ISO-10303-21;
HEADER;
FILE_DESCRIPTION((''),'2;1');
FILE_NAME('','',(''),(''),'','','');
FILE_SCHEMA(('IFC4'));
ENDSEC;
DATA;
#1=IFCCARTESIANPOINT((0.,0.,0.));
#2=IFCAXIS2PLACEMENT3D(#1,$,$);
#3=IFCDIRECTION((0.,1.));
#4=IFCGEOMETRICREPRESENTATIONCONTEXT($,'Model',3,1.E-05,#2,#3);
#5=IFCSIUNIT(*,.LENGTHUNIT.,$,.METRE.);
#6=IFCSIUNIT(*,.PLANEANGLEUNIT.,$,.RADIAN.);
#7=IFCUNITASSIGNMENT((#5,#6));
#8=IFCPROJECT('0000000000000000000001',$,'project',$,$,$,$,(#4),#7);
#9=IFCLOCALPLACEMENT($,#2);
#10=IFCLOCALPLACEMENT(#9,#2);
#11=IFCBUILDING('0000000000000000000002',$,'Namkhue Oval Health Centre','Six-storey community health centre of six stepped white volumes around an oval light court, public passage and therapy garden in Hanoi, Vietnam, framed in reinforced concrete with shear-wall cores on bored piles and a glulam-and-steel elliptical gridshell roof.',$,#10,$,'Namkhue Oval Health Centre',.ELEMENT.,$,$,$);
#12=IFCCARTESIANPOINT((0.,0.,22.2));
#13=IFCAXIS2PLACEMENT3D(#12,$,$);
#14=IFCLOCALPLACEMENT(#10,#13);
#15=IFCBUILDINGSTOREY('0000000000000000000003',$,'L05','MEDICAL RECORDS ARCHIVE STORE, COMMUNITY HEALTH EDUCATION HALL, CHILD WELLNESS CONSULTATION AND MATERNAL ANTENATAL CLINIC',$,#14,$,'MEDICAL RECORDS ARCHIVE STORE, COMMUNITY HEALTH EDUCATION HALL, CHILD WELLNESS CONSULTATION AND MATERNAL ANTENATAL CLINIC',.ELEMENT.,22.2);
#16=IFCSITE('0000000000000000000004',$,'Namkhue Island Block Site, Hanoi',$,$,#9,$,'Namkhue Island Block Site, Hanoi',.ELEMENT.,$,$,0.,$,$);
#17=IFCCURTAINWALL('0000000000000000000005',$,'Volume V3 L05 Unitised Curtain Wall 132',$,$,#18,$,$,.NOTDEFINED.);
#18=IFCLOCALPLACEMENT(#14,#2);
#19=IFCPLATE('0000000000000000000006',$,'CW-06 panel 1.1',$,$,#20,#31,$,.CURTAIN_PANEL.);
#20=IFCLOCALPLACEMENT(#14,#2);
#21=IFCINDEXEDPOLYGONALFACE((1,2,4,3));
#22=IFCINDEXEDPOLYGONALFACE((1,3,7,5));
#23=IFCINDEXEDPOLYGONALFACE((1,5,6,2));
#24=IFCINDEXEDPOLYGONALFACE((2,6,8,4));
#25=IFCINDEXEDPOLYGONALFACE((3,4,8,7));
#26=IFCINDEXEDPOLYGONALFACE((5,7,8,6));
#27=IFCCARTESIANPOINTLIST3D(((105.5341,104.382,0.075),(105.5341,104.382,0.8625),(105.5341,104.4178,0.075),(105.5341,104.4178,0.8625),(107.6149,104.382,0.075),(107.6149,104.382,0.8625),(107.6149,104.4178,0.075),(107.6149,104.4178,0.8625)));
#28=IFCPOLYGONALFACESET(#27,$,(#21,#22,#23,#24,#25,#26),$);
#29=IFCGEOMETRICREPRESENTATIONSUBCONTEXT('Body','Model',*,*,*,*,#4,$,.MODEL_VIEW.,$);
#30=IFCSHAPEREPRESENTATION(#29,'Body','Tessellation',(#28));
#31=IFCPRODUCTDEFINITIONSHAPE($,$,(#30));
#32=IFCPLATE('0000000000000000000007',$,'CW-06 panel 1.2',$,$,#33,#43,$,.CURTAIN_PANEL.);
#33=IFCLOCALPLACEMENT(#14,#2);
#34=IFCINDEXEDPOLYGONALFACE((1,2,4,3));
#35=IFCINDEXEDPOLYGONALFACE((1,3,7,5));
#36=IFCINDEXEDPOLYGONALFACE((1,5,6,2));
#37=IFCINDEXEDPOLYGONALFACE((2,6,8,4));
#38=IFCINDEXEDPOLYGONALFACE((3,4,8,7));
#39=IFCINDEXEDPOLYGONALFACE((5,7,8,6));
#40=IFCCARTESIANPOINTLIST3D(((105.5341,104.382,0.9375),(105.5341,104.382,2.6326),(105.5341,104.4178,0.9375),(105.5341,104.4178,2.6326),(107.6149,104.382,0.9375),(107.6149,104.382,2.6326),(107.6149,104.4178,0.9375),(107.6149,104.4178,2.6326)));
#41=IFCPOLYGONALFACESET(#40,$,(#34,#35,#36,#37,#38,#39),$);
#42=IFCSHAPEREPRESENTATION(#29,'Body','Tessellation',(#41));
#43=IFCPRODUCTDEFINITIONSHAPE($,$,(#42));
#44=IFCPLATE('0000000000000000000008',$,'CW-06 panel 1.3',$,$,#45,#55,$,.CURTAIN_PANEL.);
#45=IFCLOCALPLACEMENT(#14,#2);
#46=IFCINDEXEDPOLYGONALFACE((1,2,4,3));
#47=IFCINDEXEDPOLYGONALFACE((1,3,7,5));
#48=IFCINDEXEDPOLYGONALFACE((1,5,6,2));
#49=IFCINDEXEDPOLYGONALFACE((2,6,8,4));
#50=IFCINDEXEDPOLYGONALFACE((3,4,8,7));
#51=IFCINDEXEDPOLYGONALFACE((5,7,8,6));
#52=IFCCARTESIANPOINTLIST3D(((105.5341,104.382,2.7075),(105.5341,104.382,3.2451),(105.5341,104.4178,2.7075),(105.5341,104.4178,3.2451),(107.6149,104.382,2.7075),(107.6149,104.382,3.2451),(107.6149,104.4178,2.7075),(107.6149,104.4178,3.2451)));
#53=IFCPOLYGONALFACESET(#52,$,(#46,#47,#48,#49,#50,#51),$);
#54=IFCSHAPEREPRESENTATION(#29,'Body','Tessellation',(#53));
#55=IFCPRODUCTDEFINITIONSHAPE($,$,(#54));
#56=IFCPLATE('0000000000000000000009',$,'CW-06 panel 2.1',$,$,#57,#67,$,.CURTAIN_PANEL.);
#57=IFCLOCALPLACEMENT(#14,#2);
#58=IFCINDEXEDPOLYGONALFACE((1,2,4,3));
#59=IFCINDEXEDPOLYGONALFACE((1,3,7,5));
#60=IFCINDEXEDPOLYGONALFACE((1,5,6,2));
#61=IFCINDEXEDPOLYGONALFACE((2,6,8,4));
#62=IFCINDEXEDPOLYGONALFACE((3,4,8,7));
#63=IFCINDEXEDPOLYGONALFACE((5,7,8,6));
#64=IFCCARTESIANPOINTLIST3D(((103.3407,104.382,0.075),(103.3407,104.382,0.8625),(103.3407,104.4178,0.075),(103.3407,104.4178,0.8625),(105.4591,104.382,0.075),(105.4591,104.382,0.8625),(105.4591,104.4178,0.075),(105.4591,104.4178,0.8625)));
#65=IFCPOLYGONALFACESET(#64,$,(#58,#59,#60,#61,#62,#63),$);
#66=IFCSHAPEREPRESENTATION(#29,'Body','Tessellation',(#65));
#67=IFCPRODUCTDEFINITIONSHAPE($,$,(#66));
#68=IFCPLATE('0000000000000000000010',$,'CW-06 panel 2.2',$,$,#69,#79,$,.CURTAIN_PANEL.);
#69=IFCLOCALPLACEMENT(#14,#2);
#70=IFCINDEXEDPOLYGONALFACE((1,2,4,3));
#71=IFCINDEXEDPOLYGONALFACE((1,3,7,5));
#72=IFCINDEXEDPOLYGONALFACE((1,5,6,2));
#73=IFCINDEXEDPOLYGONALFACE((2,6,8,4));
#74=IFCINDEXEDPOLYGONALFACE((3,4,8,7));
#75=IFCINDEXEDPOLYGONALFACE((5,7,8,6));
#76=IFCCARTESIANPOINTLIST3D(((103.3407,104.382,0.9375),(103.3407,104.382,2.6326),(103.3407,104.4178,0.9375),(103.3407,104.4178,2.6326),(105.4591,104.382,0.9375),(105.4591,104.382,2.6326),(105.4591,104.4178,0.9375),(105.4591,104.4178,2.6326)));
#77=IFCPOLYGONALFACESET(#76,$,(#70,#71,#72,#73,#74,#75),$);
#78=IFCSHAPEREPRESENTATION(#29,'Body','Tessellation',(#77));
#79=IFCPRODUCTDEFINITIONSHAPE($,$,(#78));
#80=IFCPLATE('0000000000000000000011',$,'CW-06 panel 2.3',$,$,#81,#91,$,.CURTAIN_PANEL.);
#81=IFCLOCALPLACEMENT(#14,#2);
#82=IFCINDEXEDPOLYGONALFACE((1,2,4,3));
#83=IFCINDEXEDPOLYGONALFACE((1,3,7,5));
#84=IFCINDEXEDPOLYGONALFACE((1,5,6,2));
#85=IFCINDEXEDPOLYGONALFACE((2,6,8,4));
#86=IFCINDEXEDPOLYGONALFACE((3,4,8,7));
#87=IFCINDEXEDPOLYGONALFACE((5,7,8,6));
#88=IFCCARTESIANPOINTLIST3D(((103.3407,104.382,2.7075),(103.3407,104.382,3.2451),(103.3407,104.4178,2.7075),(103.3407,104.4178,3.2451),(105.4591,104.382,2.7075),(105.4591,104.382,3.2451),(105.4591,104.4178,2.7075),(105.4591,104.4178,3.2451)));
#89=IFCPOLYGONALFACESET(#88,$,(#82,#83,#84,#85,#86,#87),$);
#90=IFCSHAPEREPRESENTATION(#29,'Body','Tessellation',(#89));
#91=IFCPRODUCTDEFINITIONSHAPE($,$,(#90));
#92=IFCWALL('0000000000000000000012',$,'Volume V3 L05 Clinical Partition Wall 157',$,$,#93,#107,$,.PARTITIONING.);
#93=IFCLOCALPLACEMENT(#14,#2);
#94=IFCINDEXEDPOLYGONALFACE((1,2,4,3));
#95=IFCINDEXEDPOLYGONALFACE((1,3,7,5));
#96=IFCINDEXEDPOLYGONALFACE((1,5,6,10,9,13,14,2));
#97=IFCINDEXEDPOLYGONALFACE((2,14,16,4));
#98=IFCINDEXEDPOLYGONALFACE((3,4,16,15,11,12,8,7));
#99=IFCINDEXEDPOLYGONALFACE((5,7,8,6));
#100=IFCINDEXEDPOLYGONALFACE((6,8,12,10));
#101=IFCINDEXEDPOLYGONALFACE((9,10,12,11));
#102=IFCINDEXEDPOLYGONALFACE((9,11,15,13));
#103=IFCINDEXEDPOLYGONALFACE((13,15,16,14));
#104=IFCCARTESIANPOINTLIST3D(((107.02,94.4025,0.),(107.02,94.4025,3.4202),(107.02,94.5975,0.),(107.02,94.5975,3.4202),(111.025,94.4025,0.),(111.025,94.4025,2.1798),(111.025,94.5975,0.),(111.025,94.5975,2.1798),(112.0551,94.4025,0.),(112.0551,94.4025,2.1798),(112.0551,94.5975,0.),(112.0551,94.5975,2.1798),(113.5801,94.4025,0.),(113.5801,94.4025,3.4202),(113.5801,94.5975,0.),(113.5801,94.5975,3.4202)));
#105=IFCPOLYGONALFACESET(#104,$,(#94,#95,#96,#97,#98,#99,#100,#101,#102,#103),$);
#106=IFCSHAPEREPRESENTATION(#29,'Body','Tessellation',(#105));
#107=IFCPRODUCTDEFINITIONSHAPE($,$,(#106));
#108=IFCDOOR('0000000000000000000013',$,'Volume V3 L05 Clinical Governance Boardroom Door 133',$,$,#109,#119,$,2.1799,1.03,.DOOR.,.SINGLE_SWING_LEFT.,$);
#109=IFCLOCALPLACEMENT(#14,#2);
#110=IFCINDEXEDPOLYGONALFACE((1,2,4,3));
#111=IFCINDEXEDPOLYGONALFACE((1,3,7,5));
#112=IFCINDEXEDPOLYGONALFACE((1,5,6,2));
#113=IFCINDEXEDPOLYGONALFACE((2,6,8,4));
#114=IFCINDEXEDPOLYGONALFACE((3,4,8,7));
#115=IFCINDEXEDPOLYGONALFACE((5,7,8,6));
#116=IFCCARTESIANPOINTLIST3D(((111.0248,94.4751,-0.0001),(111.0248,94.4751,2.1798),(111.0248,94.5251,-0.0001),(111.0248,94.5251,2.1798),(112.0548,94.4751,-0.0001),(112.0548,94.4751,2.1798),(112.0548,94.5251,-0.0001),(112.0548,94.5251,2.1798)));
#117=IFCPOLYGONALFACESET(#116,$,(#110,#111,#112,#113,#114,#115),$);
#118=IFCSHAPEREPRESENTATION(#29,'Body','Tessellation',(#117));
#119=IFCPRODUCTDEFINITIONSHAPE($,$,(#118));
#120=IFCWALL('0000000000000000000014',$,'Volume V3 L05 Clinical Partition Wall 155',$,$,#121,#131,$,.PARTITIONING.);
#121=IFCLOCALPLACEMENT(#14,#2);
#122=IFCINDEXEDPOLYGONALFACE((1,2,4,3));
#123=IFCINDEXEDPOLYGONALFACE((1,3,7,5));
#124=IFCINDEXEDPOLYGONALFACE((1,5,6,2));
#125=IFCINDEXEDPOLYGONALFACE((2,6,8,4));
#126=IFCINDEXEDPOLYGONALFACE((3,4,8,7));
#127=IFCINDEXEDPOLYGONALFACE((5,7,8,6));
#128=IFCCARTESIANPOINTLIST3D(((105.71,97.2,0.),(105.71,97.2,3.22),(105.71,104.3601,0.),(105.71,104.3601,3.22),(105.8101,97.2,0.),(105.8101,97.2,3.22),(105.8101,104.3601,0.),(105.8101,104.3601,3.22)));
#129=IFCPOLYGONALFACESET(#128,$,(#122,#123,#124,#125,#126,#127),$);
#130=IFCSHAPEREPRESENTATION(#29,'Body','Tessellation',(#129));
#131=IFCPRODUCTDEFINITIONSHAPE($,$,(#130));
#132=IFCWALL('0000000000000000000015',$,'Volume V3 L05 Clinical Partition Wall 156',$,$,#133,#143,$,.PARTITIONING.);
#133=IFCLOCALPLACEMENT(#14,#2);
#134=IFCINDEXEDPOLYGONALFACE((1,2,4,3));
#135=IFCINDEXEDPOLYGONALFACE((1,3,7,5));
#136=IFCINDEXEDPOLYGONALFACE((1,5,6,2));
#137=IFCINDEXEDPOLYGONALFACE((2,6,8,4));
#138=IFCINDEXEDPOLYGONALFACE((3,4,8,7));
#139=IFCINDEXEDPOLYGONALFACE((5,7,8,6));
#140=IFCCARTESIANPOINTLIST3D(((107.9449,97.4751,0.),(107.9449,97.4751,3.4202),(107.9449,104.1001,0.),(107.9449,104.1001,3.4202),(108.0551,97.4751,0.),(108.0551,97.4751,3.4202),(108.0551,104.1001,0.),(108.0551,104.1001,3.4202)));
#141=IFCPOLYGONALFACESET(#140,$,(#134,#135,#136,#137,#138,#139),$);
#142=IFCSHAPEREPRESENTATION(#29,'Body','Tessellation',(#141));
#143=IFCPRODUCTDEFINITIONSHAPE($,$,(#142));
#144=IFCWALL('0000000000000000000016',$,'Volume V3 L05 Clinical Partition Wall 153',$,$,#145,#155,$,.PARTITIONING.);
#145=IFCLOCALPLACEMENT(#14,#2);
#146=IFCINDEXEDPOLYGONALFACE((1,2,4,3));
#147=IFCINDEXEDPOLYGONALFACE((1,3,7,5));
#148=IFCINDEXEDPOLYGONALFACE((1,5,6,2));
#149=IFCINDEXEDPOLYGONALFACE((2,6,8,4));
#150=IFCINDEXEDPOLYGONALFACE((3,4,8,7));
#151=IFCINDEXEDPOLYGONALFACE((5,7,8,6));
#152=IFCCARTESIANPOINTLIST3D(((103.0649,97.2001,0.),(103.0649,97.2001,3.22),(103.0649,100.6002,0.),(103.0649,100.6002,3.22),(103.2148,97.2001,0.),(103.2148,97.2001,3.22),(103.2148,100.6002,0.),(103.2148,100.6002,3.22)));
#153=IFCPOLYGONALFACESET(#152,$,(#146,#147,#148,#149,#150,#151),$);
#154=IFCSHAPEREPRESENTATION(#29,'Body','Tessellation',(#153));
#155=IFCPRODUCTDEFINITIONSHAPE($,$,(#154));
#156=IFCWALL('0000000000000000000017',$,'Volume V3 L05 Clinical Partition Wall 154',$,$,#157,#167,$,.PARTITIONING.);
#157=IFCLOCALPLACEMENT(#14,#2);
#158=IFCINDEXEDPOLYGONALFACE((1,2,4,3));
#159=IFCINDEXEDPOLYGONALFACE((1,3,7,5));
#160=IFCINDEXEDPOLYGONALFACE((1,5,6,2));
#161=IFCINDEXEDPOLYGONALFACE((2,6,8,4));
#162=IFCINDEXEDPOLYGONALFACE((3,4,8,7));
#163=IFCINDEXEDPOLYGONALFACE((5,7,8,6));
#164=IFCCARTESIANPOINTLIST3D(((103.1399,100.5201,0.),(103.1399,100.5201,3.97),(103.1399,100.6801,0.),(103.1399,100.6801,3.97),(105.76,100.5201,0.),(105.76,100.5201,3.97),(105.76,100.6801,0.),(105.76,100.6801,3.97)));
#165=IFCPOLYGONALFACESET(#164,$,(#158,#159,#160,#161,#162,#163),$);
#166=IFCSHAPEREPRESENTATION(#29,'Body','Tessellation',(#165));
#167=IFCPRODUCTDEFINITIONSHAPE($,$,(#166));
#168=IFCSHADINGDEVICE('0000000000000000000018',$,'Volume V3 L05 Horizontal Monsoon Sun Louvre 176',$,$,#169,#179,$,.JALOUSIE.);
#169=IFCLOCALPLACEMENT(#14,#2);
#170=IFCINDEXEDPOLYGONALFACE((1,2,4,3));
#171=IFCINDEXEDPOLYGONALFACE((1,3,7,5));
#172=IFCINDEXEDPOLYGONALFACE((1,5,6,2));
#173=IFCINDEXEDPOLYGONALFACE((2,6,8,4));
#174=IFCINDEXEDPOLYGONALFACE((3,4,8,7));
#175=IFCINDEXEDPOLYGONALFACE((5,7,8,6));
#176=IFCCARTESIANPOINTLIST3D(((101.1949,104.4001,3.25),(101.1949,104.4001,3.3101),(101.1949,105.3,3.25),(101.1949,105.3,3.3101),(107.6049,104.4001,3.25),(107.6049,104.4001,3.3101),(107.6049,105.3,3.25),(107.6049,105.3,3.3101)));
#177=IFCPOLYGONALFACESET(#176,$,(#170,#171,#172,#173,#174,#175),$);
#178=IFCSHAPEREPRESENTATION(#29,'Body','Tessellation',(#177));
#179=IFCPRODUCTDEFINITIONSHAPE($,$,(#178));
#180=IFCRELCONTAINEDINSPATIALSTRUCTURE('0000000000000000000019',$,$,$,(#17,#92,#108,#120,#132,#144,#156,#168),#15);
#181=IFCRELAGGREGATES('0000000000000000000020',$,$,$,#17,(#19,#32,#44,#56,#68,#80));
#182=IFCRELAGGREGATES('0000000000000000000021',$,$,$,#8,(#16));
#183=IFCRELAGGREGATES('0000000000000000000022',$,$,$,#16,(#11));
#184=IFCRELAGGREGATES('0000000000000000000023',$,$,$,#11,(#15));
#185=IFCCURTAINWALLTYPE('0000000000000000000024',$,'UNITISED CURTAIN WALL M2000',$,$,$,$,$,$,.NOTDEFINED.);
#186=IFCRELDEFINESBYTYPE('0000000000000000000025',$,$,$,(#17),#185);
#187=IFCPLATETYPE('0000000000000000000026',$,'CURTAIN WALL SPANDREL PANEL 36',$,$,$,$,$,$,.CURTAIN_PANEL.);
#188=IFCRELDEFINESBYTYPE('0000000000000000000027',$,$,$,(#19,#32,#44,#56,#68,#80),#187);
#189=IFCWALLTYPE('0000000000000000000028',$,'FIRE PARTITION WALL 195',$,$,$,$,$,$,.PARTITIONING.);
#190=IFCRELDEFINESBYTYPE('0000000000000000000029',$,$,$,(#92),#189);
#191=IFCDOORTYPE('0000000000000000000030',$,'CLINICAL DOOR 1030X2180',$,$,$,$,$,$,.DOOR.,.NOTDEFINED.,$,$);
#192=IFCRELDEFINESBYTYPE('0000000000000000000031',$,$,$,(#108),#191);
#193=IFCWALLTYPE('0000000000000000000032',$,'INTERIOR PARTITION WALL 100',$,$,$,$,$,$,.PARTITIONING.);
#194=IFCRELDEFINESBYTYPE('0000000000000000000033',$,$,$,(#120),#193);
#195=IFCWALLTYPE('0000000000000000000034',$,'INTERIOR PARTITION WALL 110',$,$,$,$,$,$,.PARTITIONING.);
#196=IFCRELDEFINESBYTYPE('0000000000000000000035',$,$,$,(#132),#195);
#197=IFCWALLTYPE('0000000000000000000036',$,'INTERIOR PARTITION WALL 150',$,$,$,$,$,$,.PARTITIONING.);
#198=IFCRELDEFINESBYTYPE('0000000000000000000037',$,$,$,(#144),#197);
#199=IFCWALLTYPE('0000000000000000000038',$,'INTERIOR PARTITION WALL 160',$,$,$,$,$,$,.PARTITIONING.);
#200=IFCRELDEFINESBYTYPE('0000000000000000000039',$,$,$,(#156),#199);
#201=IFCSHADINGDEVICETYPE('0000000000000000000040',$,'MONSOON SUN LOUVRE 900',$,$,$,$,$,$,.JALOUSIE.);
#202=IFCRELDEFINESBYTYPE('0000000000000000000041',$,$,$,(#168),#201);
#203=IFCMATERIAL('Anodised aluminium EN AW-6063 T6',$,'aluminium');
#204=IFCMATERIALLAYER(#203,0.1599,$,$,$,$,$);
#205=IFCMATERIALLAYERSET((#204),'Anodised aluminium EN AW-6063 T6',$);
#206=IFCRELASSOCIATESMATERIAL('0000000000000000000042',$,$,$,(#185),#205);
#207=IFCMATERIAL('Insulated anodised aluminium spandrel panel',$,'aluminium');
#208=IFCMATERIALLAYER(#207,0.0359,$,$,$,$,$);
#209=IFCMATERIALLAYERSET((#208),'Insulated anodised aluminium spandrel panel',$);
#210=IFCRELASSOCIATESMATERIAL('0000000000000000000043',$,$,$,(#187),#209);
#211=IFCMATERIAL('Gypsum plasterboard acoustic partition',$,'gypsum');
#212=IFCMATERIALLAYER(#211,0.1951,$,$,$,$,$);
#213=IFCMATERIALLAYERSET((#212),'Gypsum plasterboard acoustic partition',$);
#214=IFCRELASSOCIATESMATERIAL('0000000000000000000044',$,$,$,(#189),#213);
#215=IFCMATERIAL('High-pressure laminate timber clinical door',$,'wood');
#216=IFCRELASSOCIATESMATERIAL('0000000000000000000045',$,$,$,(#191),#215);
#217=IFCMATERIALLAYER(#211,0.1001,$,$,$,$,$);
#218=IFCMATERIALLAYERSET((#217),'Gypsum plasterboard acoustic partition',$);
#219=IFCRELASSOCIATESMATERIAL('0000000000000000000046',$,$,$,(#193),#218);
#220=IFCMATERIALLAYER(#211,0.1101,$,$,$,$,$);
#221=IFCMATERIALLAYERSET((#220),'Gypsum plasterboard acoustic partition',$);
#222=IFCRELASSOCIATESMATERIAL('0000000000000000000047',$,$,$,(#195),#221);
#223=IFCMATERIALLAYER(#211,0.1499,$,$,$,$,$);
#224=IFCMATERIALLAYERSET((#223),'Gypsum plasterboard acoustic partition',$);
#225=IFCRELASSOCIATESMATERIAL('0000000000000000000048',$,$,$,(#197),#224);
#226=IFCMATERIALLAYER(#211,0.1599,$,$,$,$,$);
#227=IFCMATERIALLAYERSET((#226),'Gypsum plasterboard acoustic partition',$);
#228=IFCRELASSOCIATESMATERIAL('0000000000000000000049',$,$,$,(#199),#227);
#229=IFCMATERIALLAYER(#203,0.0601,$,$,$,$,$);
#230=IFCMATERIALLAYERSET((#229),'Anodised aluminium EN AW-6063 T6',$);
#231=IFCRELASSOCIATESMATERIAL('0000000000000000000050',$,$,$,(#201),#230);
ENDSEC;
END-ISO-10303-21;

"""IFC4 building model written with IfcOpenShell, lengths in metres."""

from ifc_helpers import new_model, si_unit, direction, frame, frame_2d, origin, origin_2d, place, context, subcontext, project, spatial, rectangle, extrude, material, layer, layer_set, type_object, element, fill, aggregate, save


model = new_model("IFC4")

# Units and contexts
model_context = context("Model", 3, precision=1e-05, world=origin(), true_north=direction((0.0, 1.0)))
body_context = subcontext(model_context, "Body", "Model", "MODEL_VIEW")
ifc_project = project(units=[si_unit("LENGTHUNIT", "METRE"), si_unit("PLANEANGLEUNIT", "RADIAN")], contexts=[model_context])

# Site, building, storey
site_placement = place(None, origin())
site = spatial("IfcSite", under=ifc_project, at=site_placement, Name="Namkhue Island Block Site, Hanoi", LongName="Namkhue Island Block Site, Hanoi", CompositionType="ELEMENT", RefElevation=0.0)
building_placement = place(site_placement, origin())
building = spatial("IfcBuilding", under=site, at=building_placement, Name="Namkhue Oval Health Centre", Description="Six-storey community health centre of six stepped white volumes around an oval light court, public passage and therapy garden in Hanoi, Vietnam, framed in reinforced concrete with shear-wall cores on bored piles and a glulam-and-steel elliptical gridshell roof.", LongName="Namkhue Oval Health Centre", CompositionType="ELEMENT")
storey_placement = place(building_placement, frame((0.0, 0.0, 22.2)))
storey = spatial("IfcBuildingStorey", under=building, at=storey_placement, Name="L05", Description="MEDICAL RECORDS ARCHIVE STORE, COMMUNITY HEALTH EDUCATION HALL, CHILD WELLNESS CONSULTATION AND MATERNAL ANTENATAL CLINIC", LongName="MEDICAL RECORDS ARCHIVE STORE, COMMUNITY HEALTH EDUCATION HALL, CHILD WELLNESS CONSULTATION AND MATERNAL ANTENATAL CLINIC", CompositionType="ELEMENT", Elevation=22.2)

# Curtain wall
ifc_material_1 = material(Name="Anodised aluminium EN AW-6063 T6", Category="aluminium")
ifc_layer_1 = layer(ifc_material_1, 0.1599)
ifc_layer_set_1 = layer_set([ifc_layer_1], Name="Anodised aluminium EN AW-6063 T6")
curtain_wall_type = type_object("IfcCurtainWallType", Name="UNITISED CURTAIN WALL M2000", PredefinedType="NOTDEFINED", material=ifc_layer_set_1)
curtain_wall_placement = place(storey_placement, origin())
curtain_wall = element("IfcCurtainWall", 1, at=curtain_wall_placement, inside=storey, type_object=curtain_wall_type, Name="Volume V3 L05 Unitised Curtain Wall 132", PredefinedType="NOTDEFINED")

# Plates
ifc_material_2 = material(Name="Insulated anodised aluminium spandrel panel", Category="aluminium")
ifc_layer_2 = layer(ifc_material_2, 0.0359)
ifc_layer_set_2 = layer_set([ifc_layer_2], Name="Insulated anodised aluminium spandrel panel")
plate_type = type_object("IfcPlateType", Name="CURTAIN WALL SPANDREL PANEL 36", PredefinedType="CURTAIN_PANEL", material=ifc_layer_set_2)
plate_1_placement = place(storey_placement, frame((106.5745, 104.3999, 0.075), z_axis=(0.0, 0.0, 1.0), x_axis=(-1.0, 0.0, 0.0)))
plate_1 = element("IfcPlate", 2, at=plate_1_placement, type_object=plate_type, Name="CW-06 panel 1.1", PredefinedType="CURTAIN_PANEL", context=body_context, shape_type="SweptSolid", body=[
    extrude(rectangle(XDim=2.0808, YDim=0.0359, at=origin_2d()), origin(), (0.0, 0.0, 1.0), 0.7876),
])
plate_2_placement = place(storey_placement, frame((106.5745, 104.3999, 0.9375), z_axis=(0.0, 0.0, 1.0), x_axis=(-1.0, 0.0, 0.0)))
plate_2 = element("IfcPlate", 3, at=plate_2_placement, type_object=plate_type, Name="CW-06 panel 1.2", PredefinedType="CURTAIN_PANEL", context=body_context, shape_type="SweptSolid", body=[
    extrude(rectangle(XDim=2.0808, YDim=0.0359, at=origin_2d()), origin(), (0.0, 0.0, 1.0), 1.6951),
])
plate_3_placement = place(storey_placement, frame((106.5745, 104.3999, 2.7075), z_axis=(0.0, 0.0, 1.0), x_axis=(-1.0, 0.0, 0.0)))
plate_3 = element("IfcPlate", 4, at=plate_3_placement, type_object=plate_type, Name="CW-06 panel 1.3", PredefinedType="CURTAIN_PANEL", context=body_context, shape_type="SweptSolid", body=[
    extrude(rectangle(XDim=2.0808, YDim=0.0359, at=origin_2d()), origin(), (0.0, 0.0, 1.0), 0.5376),
])
plate_4_placement = place(storey_placement, frame((104.3999, 104.3999, 0.075), z_axis=(0.0, 0.0, 1.0), x_axis=(-1.0, 0.0, 0.0)))
plate_4 = element("IfcPlate", 5, at=plate_4_placement, type_object=plate_type, Name="CW-06 panel 2.1", PredefinedType="CURTAIN_PANEL", context=body_context, shape_type="SweptSolid", body=[
    extrude(rectangle(XDim=2.1184, YDim=0.0359, at=origin_2d()), origin(), (0.0, 0.0, 1.0), 0.7876),
])
plate_5_placement = place(storey_placement, frame((104.3999, 104.3999, 0.9375), z_axis=(0.0, 0.0, 1.0), x_axis=(-1.0, 0.0, 0.0)))
plate_5 = element("IfcPlate", 6, at=plate_5_placement, type_object=plate_type, Name="CW-06 panel 2.2", PredefinedType="CURTAIN_PANEL", context=body_context, shape_type="SweptSolid", body=[
    extrude(rectangle(XDim=2.1184, YDim=0.0359, at=origin_2d()), origin(), (0.0, 0.0, 1.0), 1.6951),
])
plate_6_placement = place(storey_placement, frame((104.3999, 104.3999, 2.7075), z_axis=(0.0, 0.0, 1.0), x_axis=(-1.0, 0.0, 0.0)))
plate_6 = element("IfcPlate", 7, at=plate_6_placement, type_object=plate_type, Name="CW-06 panel 2.3", PredefinedType="CURTAIN_PANEL", context=body_context, shape_type="SweptSolid", body=[
    extrude(rectangle(XDim=2.1184, YDim=0.0359, at=origin_2d()), origin(), (0.0, 0.0, 1.0), 0.5376),
])
aggregate(curtain_wall, [plate_1, plate_2, plate_3, plate_4, plate_5, plate_6])

# Wall, opening, door
ifc_material_3 = material(Name="Gypsum plasterboard acoustic partition", Category="gypsum")
ifc_layer_3 = layer(ifc_material_3, 0.1951)
ifc_layer_set_3 = layer_set([ifc_layer_3], Name="Gypsum plasterboard acoustic partition")
wall_type_1 = type_object("IfcWallType", Name="FIRE PARTITION WALL 195", PredefinedType="PARTITIONING", material=ifc_layer_set_3)
wall_1_placement = place(storey_placement, frame((107.02, 94.5, 0.0), z_axis=(0.0, 0.0, 1.0), x_axis=(1.0, 0.0, 0.0)))
wall_1 = element("IfcWall", 8, at=wall_1_placement, inside=storey, type_object=wall_type_1, Name="Volume V3 L05 Clinical Partition Wall 157", PredefinedType="PARTITIONING", context=body_context, shape_type="SweptSolid", body=[
    extrude(rectangle(XDim=6.5601, YDim=0.1951, at=frame_2d((3.28, 0.0))), origin(), (0.0, 0.0, 1.0), 3.4202),
])
opening_placement = place(wall_1_placement, frame((4.0049, 0.0, 0.0)))
opening = element("IfcOpeningElement", 9, at=opening_placement, cuts=wall_1, PredefinedType="OPENING", context=body_context, shape_type="SweptSolid", body=[
    extrude(rectangle(XDim=1.03, YDim=2.1799, at=frame_2d((0.5151, 1.0898))), frame((0.0, 0.1074, 0.0), z_axis=(0.0, -1.0, 0.0), x_axis=(1.0, 0.0, 0.0)), (0.0, 0.0, 1.0), 0.2151),
])
ifc_material_4 = material(Name="High-pressure laminate timber clinical door", Category="wood")
door_type = type_object("IfcDoorType", Name="CLINICAL DOOR 1030X2180", OperationType="NOTDEFINED", PredefinedType="DOOR", material=ifc_material_4)
door_placement = place(opening_placement, frame((1.03, 0.0, 0.0), z_axis=(0.0, 0.0, 1.0), x_axis=(-1.0, 0.0, 0.0)))
door = element("IfcDoor", 10, at=door_placement, inside=storey, type_object=door_type, Name="Volume V3 L05 Clinical Governance Boardroom Door 133", OperationType="SINGLE_SWING_LEFT", OverallHeight=2.1799, OverallWidth=1.03, PredefinedType="DOOR", context=body_context, shape_type="SweptSolid", body=[
    extrude(rectangle(XDim=1.03, YDim=2.1799, at=frame_2d((0.5151, 1.0898))), frame((0.0, 0.0249, 0.0), z_axis=(0.0, -1.0, 0.0), x_axis=(1.0, 0.0, 0.0)), (0.0, 0.0, 1.0), 0.05),
])
fill(opening, door)

# Walls
ifc_layer_4 = layer(ifc_material_3, 0.1001)
ifc_layer_set_4 = layer_set([ifc_layer_4], Name="Gypsum plasterboard acoustic partition")
wall_type_2 = type_object("IfcWallType", Name="INTERIOR PARTITION WALL 100", PredefinedType="PARTITIONING", material=ifc_layer_set_4)
wall_2_placement = place(storey_placement, frame((105.76, 97.2, 0.0), z_axis=(0.0, 0.0, 1.0), x_axis=(0.0, 1.0, 0.0)))
element("IfcWall", 11, at=wall_2_placement, inside=storey, type_object=wall_type_2, Name="Volume V3 L05 Clinical Partition Wall 155", PredefinedType="PARTITIONING", context=body_context, shape_type="SweptSolid", body=[
    extrude(rectangle(XDim=7.1602, YDim=0.1001, at=frame_2d((3.5801, 0.0))), origin(), (0.0, 0.0, 1.0), 3.22),
])
ifc_layer_5 = layer(ifc_material_3, 0.1101)
ifc_layer_set_5 = layer_set([ifc_layer_5], Name="Gypsum plasterboard acoustic partition")
wall_type_3 = type_object("IfcWallType", Name="INTERIOR PARTITION WALL 110", PredefinedType="PARTITIONING", material=ifc_layer_set_5)
wall_3_placement = place(storey_placement, frame((108.0, 97.4751, 0.0), z_axis=(0.0, 0.0, 1.0), x_axis=(0.0, 1.0, 0.0)))
element("IfcWall", 12, at=wall_3_placement, inside=storey, type_object=wall_type_3, Name="Volume V3 L05 Clinical Partition Wall 156", PredefinedType="PARTITIONING", context=body_context, shape_type="SweptSolid", body=[
    extrude(rectangle(XDim=6.625, YDim=0.1101, at=frame_2d((3.3125, 0.0))), origin(), (0.0, 0.0, 1.0), 3.4202),
])
ifc_layer_6 = layer(ifc_material_3, 0.1499)
ifc_layer_set_6 = layer_set([ifc_layer_6], Name="Gypsum plasterboard acoustic partition")
wall_type_4 = type_object("IfcWallType", Name="INTERIOR PARTITION WALL 150", PredefinedType="PARTITIONING", material=ifc_layer_set_6)
wall_4_placement = place(storey_placement, frame((103.1399, 97.2, 0.0), z_axis=(0.0, 0.0, 1.0), x_axis=(0.0, 1.0, 0.0)))
element("IfcWall", 13, at=wall_4_placement, inside=storey, type_object=wall_type_4, Name="Volume V3 L05 Clinical Partition Wall 153", PredefinedType="PARTITIONING", context=body_context, shape_type="SweptSolid", body=[
    extrude(rectangle(XDim=3.4001, YDim=0.1499, at=frame_2d((1.7002, 0.0))), origin(), (0.0, 0.0, 1.0), 3.22),
])
ifc_layer_7 = layer(ifc_material_3, 0.1599)
ifc_layer_set_7 = layer_set([ifc_layer_7], Name="Gypsum plasterboard acoustic partition")
wall_type_5 = type_object("IfcWallType", Name="INTERIOR PARTITION WALL 160", PredefinedType="PARTITIONING", material=ifc_layer_set_7)
wall_5_placement = place(storey_placement, frame((103.1399, 100.6001, 0.0), z_axis=(0.0, 0.0, 1.0), x_axis=(1.0, 0.0, 0.0)))
element("IfcWall", 14, at=wall_5_placement, inside=storey, type_object=wall_type_5, Name="Volume V3 L05 Clinical Partition Wall 154", PredefinedType="PARTITIONING", context=body_context, shape_type="SweptSolid", body=[
    extrude(rectangle(XDim=2.6201, YDim=0.1599, at=frame_2d((1.3101, 0.0))), origin(), (0.0, 0.0, 1.0), 3.97),
])

# Shading device
ifc_layer_8 = layer(ifc_material_1, 0.0601)
ifc_layer_set_8 = layer_set([ifc_layer_8], Name="Anodised aluminium EN AW-6063 T6")
shading_device_type = type_object("IfcShadingDeviceType", Name="MONSOON SUN LOUVRE 900", PredefinedType="JALOUSIE", material=ifc_layer_set_8)
shading_device_placement = place(storey_placement, frame((104.3999, 104.8501, 3.25), z_axis=(0.0, 0.0, 1.0), x_axis=(-1.0, 0.0, 0.0)))
element("IfcShadingDevice", 15, at=shading_device_placement, inside=storey, type_object=shading_device_type, Name="Volume V3 L05 Horizontal Monsoon Sun Louvre 176", PredefinedType="JALOUSIE", context=body_context, shape_type="SweptSolid", body=[
    extrude(rectangle(XDim=6.4099, YDim=0.8999, at=origin_2d()), origin(), (0.0, 0.0, 1.0), 0.0601),
])

save(model, "model.ifc")
